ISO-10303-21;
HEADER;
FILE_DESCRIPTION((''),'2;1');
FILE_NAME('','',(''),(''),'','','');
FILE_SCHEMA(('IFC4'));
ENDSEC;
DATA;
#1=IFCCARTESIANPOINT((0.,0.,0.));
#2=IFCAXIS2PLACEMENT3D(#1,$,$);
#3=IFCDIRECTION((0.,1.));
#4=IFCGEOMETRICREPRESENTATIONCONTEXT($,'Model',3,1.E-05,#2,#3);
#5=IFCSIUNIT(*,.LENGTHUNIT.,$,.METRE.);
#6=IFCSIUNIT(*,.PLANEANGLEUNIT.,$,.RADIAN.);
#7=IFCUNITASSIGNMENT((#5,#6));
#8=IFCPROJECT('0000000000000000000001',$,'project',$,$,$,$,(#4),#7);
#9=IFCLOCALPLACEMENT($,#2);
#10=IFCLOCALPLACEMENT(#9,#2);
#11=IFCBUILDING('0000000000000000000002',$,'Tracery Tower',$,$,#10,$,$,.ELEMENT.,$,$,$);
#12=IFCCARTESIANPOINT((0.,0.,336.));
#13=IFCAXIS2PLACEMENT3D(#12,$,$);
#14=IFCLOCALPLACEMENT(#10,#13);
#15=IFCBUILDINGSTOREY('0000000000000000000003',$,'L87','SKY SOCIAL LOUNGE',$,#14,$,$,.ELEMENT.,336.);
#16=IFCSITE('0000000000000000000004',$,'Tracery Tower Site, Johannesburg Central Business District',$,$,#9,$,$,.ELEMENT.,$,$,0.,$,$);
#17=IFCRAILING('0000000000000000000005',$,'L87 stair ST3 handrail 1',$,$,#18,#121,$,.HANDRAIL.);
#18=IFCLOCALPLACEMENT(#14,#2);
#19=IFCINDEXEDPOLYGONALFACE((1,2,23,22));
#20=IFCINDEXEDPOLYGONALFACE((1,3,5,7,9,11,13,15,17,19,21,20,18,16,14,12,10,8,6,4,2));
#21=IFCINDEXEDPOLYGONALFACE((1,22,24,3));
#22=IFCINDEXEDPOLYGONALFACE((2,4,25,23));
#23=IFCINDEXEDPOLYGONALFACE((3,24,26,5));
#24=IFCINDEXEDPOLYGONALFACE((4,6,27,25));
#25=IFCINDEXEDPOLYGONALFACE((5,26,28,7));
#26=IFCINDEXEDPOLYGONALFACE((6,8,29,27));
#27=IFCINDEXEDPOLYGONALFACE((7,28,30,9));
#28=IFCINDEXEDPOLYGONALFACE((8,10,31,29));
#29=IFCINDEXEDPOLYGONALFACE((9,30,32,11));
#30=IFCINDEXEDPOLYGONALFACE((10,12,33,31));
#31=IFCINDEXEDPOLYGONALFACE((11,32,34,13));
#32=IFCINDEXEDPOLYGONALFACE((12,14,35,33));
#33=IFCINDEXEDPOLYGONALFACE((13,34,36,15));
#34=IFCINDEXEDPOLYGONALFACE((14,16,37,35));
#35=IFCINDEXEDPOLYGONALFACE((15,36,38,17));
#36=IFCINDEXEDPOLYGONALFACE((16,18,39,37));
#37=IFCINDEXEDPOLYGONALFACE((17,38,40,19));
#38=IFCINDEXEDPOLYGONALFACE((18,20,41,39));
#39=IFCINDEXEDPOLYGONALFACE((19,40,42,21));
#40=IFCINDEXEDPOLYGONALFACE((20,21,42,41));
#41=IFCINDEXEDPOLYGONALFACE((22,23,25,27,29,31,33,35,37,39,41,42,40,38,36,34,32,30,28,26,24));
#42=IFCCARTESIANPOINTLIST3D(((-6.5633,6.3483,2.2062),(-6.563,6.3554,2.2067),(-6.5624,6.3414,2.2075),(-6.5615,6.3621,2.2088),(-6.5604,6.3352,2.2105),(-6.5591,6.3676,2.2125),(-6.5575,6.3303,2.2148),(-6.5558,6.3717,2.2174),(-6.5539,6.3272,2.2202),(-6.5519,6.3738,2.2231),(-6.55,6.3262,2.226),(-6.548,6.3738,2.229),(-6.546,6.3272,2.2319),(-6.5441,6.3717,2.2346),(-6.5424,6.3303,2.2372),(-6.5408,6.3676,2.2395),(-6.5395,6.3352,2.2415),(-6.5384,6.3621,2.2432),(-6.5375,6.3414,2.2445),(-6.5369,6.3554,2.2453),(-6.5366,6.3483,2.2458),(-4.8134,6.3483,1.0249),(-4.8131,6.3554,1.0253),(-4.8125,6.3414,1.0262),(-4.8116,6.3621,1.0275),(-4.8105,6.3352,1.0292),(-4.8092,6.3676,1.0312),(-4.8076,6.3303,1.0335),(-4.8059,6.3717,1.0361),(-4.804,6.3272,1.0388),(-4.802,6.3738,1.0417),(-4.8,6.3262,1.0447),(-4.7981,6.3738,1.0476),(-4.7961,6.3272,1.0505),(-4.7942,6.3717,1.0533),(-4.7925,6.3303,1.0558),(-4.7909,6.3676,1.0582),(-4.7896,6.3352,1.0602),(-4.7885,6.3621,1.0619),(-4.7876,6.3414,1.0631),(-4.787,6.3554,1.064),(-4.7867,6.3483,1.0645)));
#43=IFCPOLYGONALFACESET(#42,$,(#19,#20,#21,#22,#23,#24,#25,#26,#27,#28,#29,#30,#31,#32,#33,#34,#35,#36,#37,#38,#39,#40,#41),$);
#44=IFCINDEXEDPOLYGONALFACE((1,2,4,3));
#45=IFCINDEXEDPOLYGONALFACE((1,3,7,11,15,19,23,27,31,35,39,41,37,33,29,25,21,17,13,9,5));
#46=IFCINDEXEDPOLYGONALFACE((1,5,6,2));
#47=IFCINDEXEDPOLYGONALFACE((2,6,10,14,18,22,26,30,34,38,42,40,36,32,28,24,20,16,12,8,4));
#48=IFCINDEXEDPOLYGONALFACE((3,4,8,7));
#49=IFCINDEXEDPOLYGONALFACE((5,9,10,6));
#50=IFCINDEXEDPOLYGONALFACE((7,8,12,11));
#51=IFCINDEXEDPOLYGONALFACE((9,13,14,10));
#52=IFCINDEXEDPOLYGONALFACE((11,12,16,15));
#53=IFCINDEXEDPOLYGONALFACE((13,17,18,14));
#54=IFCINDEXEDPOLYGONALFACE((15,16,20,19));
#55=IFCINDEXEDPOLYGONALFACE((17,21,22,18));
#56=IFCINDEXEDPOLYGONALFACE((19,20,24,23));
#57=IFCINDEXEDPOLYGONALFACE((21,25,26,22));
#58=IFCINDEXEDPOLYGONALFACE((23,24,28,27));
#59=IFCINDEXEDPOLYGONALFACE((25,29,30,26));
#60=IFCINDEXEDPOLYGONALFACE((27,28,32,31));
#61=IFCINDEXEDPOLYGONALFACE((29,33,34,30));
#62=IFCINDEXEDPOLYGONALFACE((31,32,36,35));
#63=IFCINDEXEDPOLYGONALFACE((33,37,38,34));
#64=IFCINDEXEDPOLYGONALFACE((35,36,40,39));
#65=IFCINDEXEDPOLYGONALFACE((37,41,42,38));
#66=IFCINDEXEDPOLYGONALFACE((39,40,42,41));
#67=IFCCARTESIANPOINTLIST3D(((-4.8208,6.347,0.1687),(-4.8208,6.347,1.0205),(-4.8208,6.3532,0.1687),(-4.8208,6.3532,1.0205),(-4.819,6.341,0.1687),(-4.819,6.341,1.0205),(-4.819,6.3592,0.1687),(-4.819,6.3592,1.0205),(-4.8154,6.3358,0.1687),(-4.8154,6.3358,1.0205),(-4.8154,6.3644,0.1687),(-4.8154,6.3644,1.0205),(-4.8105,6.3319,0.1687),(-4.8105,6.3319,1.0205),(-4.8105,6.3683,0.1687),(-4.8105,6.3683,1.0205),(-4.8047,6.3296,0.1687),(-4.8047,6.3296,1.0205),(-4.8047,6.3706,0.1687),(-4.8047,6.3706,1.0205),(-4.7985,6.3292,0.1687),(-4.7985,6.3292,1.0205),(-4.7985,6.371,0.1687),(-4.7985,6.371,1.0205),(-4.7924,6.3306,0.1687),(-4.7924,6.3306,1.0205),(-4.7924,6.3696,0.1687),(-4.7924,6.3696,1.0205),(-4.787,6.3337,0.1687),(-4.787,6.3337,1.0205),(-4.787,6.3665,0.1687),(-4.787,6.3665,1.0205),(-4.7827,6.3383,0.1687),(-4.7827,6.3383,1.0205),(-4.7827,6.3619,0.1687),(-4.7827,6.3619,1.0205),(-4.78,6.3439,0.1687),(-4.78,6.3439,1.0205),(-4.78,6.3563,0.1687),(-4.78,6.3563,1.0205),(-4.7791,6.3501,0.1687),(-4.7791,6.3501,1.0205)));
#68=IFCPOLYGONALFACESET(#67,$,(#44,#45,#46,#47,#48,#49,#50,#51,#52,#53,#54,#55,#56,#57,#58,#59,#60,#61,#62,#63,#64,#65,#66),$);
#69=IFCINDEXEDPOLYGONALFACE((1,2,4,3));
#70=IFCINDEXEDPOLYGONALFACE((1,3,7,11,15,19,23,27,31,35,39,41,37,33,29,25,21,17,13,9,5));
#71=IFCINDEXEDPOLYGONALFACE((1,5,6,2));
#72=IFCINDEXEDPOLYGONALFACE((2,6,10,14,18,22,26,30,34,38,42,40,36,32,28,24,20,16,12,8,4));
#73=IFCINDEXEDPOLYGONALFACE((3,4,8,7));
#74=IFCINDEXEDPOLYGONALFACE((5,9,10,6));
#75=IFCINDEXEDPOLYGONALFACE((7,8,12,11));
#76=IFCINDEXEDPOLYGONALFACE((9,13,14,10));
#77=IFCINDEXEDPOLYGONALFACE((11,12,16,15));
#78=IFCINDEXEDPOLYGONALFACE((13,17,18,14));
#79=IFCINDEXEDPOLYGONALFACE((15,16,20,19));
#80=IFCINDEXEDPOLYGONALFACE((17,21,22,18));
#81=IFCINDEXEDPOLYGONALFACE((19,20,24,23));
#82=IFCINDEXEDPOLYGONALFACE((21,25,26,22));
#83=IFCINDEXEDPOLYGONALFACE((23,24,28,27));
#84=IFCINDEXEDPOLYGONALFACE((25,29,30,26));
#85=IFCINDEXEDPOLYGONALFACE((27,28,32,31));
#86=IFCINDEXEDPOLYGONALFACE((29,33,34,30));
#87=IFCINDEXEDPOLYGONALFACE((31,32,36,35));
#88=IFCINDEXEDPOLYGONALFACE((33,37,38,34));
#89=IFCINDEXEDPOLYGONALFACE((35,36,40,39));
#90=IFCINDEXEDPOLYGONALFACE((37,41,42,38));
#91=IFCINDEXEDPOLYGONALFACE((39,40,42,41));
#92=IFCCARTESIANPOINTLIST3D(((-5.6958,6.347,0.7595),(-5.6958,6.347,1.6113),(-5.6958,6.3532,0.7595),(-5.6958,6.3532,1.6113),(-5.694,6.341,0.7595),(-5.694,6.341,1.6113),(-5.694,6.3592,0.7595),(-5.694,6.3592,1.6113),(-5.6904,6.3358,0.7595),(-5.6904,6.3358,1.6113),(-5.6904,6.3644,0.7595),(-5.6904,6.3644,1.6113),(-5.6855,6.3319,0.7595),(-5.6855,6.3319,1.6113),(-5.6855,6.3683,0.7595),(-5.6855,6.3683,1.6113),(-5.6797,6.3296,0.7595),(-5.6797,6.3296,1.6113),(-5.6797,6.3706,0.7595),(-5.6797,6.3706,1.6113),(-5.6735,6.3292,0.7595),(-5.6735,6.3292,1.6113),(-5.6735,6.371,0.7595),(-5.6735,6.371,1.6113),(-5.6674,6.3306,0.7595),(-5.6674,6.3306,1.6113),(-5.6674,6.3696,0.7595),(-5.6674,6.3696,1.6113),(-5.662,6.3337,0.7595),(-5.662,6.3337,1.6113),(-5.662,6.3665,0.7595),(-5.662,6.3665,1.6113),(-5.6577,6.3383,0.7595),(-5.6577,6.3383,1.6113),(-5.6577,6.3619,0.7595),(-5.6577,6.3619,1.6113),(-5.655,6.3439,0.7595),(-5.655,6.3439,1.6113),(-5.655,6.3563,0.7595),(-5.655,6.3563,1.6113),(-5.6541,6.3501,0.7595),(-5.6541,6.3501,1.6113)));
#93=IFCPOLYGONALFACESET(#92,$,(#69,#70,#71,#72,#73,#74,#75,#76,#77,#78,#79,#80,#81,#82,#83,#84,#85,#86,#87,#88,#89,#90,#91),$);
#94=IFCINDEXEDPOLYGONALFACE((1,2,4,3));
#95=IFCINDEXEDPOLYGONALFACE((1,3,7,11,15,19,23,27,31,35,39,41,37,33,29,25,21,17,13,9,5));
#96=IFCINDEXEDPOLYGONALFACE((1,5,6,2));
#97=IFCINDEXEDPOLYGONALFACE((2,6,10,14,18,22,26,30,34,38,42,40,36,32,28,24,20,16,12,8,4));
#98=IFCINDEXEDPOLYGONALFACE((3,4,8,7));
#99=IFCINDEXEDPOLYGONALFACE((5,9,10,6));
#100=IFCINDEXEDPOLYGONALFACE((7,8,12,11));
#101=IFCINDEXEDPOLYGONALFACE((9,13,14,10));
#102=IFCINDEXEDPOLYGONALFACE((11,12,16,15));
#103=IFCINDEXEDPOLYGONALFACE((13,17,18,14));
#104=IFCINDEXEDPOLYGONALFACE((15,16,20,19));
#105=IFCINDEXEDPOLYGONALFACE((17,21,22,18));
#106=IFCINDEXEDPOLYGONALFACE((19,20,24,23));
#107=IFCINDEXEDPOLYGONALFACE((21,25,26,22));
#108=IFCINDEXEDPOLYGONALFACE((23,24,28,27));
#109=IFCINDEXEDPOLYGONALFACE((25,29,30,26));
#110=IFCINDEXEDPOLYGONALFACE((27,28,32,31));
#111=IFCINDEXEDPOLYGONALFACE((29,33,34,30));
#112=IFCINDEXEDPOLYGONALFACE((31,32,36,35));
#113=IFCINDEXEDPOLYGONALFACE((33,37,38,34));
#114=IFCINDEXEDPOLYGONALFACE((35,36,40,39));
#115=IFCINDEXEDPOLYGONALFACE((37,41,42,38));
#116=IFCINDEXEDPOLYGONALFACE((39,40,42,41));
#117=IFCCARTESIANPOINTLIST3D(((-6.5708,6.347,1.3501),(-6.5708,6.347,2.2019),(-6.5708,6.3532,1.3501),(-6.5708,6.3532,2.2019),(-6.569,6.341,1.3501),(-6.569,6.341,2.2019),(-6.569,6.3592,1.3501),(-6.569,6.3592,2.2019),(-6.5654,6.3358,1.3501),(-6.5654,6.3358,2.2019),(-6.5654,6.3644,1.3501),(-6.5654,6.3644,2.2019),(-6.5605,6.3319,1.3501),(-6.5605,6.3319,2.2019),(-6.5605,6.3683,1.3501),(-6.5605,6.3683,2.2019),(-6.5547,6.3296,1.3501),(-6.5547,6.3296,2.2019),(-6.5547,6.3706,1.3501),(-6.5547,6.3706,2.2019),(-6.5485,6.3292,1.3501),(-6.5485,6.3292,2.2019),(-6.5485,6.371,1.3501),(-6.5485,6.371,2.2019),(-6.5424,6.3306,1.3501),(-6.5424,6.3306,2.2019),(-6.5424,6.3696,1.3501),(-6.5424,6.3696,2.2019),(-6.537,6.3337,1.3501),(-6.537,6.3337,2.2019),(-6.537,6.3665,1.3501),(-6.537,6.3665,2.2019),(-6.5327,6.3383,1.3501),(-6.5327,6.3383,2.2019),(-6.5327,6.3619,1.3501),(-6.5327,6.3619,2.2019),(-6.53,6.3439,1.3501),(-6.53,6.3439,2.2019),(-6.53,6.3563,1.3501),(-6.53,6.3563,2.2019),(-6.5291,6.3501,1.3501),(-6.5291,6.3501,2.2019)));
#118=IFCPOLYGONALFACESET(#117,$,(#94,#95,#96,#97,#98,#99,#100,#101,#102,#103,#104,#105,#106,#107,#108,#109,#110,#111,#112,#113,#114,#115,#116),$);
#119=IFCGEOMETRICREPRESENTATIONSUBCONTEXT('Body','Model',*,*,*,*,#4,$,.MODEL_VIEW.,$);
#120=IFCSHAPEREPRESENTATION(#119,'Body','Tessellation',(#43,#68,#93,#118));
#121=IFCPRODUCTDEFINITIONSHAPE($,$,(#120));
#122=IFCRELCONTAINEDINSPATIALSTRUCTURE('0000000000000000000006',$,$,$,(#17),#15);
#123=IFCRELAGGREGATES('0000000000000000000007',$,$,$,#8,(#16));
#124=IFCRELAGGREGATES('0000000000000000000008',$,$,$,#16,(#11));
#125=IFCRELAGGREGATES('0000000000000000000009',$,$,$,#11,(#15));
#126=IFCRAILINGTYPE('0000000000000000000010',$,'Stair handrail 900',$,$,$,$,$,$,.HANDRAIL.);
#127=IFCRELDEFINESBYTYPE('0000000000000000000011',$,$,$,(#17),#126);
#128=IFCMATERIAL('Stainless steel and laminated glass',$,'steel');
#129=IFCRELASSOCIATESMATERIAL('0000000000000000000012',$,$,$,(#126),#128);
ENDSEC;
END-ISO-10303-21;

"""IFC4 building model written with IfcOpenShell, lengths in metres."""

from ifc_helpers import new_model, si_unit, direction, frame, origin, origin_2d, place, context, subcontext, project, spatial, circle, extrude, material, type_object, element, save


model = new_model("IFC4")

# Units and contexts
model_context = context("Model", 3, precision=1e-05, world=origin(), true_north=direction((0.0, 1.0)))
body_context = subcontext(model_context, "Body", "Model", "MODEL_VIEW")
ifc_project = project(units=[si_unit("LENGTHUNIT", "METRE"), si_unit("PLANEANGLEUNIT", "RADIAN")], contexts=[model_context])

# Site, building, storey
site_placement = place(None, origin())
site = spatial("IfcSite", under=ifc_project, at=site_placement, Name="Tracery Tower Site, Johannesburg Central Business District", CompositionType="ELEMENT", RefElevation=0.0)
building_placement = place(site_placement, origin())
building = spatial("IfcBuilding", under=site, at=building_placement, Name="Tracery Tower", CompositionType="ELEMENT")
storey_placement = place(building_placement, frame((0.0, 0.0, 336.0)))
storey = spatial("IfcBuildingStorey", under=building, at=storey_placement, Name="L87", Description="SKY SOCIAL LOUNGE", CompositionType="ELEMENT", Elevation=336.0)

# Railing
ifc_material_1 = material(Name="Stainless steel and laminated glass", Category="steel")
railing_type_1 = type_object("IfcRailingType", Name="Stair handrail 900", PredefinedType="HANDRAIL", material=ifc_material_1)
railing_1_placement = place(storey_placement, frame((-4.8, 6.3501, 0.1687)))
element("IfcRailing", 1, at=railing_1_placement, inside=storey, type_object=railing_type_1, Name="L87 stair ST3 handrail 1", PredefinedType="HANDRAIL", context=body_context, shape_type="SweptSolid", body=[
    extrude(circle(Radius=0.0239, at=origin_2d()), frame((0.0, 0.0, 0.876), z_axis=(-0.828817, 0.0, 0.559521), x_axis=(0.0, -1.0, 0.0)), (0.0, 0.0, 1.0), 2.1113),
    extrude(circle(Radius=0.021, at=origin_2d()), origin(), (0.0, 0.0, 1.0), 0.8518),
    extrude(circle(Radius=0.021, at=origin_2d()), frame((-0.875, 0.0, 0.5908)), (0.0, 0.0, 1.0), 0.8518),
    extrude(circle(Radius=0.021, at=origin_2d()), frame((-1.75, 0.0, 1.1814)), (0.0, 0.0, 1.0), 0.8518),
])

save(model, "model.ifc")
